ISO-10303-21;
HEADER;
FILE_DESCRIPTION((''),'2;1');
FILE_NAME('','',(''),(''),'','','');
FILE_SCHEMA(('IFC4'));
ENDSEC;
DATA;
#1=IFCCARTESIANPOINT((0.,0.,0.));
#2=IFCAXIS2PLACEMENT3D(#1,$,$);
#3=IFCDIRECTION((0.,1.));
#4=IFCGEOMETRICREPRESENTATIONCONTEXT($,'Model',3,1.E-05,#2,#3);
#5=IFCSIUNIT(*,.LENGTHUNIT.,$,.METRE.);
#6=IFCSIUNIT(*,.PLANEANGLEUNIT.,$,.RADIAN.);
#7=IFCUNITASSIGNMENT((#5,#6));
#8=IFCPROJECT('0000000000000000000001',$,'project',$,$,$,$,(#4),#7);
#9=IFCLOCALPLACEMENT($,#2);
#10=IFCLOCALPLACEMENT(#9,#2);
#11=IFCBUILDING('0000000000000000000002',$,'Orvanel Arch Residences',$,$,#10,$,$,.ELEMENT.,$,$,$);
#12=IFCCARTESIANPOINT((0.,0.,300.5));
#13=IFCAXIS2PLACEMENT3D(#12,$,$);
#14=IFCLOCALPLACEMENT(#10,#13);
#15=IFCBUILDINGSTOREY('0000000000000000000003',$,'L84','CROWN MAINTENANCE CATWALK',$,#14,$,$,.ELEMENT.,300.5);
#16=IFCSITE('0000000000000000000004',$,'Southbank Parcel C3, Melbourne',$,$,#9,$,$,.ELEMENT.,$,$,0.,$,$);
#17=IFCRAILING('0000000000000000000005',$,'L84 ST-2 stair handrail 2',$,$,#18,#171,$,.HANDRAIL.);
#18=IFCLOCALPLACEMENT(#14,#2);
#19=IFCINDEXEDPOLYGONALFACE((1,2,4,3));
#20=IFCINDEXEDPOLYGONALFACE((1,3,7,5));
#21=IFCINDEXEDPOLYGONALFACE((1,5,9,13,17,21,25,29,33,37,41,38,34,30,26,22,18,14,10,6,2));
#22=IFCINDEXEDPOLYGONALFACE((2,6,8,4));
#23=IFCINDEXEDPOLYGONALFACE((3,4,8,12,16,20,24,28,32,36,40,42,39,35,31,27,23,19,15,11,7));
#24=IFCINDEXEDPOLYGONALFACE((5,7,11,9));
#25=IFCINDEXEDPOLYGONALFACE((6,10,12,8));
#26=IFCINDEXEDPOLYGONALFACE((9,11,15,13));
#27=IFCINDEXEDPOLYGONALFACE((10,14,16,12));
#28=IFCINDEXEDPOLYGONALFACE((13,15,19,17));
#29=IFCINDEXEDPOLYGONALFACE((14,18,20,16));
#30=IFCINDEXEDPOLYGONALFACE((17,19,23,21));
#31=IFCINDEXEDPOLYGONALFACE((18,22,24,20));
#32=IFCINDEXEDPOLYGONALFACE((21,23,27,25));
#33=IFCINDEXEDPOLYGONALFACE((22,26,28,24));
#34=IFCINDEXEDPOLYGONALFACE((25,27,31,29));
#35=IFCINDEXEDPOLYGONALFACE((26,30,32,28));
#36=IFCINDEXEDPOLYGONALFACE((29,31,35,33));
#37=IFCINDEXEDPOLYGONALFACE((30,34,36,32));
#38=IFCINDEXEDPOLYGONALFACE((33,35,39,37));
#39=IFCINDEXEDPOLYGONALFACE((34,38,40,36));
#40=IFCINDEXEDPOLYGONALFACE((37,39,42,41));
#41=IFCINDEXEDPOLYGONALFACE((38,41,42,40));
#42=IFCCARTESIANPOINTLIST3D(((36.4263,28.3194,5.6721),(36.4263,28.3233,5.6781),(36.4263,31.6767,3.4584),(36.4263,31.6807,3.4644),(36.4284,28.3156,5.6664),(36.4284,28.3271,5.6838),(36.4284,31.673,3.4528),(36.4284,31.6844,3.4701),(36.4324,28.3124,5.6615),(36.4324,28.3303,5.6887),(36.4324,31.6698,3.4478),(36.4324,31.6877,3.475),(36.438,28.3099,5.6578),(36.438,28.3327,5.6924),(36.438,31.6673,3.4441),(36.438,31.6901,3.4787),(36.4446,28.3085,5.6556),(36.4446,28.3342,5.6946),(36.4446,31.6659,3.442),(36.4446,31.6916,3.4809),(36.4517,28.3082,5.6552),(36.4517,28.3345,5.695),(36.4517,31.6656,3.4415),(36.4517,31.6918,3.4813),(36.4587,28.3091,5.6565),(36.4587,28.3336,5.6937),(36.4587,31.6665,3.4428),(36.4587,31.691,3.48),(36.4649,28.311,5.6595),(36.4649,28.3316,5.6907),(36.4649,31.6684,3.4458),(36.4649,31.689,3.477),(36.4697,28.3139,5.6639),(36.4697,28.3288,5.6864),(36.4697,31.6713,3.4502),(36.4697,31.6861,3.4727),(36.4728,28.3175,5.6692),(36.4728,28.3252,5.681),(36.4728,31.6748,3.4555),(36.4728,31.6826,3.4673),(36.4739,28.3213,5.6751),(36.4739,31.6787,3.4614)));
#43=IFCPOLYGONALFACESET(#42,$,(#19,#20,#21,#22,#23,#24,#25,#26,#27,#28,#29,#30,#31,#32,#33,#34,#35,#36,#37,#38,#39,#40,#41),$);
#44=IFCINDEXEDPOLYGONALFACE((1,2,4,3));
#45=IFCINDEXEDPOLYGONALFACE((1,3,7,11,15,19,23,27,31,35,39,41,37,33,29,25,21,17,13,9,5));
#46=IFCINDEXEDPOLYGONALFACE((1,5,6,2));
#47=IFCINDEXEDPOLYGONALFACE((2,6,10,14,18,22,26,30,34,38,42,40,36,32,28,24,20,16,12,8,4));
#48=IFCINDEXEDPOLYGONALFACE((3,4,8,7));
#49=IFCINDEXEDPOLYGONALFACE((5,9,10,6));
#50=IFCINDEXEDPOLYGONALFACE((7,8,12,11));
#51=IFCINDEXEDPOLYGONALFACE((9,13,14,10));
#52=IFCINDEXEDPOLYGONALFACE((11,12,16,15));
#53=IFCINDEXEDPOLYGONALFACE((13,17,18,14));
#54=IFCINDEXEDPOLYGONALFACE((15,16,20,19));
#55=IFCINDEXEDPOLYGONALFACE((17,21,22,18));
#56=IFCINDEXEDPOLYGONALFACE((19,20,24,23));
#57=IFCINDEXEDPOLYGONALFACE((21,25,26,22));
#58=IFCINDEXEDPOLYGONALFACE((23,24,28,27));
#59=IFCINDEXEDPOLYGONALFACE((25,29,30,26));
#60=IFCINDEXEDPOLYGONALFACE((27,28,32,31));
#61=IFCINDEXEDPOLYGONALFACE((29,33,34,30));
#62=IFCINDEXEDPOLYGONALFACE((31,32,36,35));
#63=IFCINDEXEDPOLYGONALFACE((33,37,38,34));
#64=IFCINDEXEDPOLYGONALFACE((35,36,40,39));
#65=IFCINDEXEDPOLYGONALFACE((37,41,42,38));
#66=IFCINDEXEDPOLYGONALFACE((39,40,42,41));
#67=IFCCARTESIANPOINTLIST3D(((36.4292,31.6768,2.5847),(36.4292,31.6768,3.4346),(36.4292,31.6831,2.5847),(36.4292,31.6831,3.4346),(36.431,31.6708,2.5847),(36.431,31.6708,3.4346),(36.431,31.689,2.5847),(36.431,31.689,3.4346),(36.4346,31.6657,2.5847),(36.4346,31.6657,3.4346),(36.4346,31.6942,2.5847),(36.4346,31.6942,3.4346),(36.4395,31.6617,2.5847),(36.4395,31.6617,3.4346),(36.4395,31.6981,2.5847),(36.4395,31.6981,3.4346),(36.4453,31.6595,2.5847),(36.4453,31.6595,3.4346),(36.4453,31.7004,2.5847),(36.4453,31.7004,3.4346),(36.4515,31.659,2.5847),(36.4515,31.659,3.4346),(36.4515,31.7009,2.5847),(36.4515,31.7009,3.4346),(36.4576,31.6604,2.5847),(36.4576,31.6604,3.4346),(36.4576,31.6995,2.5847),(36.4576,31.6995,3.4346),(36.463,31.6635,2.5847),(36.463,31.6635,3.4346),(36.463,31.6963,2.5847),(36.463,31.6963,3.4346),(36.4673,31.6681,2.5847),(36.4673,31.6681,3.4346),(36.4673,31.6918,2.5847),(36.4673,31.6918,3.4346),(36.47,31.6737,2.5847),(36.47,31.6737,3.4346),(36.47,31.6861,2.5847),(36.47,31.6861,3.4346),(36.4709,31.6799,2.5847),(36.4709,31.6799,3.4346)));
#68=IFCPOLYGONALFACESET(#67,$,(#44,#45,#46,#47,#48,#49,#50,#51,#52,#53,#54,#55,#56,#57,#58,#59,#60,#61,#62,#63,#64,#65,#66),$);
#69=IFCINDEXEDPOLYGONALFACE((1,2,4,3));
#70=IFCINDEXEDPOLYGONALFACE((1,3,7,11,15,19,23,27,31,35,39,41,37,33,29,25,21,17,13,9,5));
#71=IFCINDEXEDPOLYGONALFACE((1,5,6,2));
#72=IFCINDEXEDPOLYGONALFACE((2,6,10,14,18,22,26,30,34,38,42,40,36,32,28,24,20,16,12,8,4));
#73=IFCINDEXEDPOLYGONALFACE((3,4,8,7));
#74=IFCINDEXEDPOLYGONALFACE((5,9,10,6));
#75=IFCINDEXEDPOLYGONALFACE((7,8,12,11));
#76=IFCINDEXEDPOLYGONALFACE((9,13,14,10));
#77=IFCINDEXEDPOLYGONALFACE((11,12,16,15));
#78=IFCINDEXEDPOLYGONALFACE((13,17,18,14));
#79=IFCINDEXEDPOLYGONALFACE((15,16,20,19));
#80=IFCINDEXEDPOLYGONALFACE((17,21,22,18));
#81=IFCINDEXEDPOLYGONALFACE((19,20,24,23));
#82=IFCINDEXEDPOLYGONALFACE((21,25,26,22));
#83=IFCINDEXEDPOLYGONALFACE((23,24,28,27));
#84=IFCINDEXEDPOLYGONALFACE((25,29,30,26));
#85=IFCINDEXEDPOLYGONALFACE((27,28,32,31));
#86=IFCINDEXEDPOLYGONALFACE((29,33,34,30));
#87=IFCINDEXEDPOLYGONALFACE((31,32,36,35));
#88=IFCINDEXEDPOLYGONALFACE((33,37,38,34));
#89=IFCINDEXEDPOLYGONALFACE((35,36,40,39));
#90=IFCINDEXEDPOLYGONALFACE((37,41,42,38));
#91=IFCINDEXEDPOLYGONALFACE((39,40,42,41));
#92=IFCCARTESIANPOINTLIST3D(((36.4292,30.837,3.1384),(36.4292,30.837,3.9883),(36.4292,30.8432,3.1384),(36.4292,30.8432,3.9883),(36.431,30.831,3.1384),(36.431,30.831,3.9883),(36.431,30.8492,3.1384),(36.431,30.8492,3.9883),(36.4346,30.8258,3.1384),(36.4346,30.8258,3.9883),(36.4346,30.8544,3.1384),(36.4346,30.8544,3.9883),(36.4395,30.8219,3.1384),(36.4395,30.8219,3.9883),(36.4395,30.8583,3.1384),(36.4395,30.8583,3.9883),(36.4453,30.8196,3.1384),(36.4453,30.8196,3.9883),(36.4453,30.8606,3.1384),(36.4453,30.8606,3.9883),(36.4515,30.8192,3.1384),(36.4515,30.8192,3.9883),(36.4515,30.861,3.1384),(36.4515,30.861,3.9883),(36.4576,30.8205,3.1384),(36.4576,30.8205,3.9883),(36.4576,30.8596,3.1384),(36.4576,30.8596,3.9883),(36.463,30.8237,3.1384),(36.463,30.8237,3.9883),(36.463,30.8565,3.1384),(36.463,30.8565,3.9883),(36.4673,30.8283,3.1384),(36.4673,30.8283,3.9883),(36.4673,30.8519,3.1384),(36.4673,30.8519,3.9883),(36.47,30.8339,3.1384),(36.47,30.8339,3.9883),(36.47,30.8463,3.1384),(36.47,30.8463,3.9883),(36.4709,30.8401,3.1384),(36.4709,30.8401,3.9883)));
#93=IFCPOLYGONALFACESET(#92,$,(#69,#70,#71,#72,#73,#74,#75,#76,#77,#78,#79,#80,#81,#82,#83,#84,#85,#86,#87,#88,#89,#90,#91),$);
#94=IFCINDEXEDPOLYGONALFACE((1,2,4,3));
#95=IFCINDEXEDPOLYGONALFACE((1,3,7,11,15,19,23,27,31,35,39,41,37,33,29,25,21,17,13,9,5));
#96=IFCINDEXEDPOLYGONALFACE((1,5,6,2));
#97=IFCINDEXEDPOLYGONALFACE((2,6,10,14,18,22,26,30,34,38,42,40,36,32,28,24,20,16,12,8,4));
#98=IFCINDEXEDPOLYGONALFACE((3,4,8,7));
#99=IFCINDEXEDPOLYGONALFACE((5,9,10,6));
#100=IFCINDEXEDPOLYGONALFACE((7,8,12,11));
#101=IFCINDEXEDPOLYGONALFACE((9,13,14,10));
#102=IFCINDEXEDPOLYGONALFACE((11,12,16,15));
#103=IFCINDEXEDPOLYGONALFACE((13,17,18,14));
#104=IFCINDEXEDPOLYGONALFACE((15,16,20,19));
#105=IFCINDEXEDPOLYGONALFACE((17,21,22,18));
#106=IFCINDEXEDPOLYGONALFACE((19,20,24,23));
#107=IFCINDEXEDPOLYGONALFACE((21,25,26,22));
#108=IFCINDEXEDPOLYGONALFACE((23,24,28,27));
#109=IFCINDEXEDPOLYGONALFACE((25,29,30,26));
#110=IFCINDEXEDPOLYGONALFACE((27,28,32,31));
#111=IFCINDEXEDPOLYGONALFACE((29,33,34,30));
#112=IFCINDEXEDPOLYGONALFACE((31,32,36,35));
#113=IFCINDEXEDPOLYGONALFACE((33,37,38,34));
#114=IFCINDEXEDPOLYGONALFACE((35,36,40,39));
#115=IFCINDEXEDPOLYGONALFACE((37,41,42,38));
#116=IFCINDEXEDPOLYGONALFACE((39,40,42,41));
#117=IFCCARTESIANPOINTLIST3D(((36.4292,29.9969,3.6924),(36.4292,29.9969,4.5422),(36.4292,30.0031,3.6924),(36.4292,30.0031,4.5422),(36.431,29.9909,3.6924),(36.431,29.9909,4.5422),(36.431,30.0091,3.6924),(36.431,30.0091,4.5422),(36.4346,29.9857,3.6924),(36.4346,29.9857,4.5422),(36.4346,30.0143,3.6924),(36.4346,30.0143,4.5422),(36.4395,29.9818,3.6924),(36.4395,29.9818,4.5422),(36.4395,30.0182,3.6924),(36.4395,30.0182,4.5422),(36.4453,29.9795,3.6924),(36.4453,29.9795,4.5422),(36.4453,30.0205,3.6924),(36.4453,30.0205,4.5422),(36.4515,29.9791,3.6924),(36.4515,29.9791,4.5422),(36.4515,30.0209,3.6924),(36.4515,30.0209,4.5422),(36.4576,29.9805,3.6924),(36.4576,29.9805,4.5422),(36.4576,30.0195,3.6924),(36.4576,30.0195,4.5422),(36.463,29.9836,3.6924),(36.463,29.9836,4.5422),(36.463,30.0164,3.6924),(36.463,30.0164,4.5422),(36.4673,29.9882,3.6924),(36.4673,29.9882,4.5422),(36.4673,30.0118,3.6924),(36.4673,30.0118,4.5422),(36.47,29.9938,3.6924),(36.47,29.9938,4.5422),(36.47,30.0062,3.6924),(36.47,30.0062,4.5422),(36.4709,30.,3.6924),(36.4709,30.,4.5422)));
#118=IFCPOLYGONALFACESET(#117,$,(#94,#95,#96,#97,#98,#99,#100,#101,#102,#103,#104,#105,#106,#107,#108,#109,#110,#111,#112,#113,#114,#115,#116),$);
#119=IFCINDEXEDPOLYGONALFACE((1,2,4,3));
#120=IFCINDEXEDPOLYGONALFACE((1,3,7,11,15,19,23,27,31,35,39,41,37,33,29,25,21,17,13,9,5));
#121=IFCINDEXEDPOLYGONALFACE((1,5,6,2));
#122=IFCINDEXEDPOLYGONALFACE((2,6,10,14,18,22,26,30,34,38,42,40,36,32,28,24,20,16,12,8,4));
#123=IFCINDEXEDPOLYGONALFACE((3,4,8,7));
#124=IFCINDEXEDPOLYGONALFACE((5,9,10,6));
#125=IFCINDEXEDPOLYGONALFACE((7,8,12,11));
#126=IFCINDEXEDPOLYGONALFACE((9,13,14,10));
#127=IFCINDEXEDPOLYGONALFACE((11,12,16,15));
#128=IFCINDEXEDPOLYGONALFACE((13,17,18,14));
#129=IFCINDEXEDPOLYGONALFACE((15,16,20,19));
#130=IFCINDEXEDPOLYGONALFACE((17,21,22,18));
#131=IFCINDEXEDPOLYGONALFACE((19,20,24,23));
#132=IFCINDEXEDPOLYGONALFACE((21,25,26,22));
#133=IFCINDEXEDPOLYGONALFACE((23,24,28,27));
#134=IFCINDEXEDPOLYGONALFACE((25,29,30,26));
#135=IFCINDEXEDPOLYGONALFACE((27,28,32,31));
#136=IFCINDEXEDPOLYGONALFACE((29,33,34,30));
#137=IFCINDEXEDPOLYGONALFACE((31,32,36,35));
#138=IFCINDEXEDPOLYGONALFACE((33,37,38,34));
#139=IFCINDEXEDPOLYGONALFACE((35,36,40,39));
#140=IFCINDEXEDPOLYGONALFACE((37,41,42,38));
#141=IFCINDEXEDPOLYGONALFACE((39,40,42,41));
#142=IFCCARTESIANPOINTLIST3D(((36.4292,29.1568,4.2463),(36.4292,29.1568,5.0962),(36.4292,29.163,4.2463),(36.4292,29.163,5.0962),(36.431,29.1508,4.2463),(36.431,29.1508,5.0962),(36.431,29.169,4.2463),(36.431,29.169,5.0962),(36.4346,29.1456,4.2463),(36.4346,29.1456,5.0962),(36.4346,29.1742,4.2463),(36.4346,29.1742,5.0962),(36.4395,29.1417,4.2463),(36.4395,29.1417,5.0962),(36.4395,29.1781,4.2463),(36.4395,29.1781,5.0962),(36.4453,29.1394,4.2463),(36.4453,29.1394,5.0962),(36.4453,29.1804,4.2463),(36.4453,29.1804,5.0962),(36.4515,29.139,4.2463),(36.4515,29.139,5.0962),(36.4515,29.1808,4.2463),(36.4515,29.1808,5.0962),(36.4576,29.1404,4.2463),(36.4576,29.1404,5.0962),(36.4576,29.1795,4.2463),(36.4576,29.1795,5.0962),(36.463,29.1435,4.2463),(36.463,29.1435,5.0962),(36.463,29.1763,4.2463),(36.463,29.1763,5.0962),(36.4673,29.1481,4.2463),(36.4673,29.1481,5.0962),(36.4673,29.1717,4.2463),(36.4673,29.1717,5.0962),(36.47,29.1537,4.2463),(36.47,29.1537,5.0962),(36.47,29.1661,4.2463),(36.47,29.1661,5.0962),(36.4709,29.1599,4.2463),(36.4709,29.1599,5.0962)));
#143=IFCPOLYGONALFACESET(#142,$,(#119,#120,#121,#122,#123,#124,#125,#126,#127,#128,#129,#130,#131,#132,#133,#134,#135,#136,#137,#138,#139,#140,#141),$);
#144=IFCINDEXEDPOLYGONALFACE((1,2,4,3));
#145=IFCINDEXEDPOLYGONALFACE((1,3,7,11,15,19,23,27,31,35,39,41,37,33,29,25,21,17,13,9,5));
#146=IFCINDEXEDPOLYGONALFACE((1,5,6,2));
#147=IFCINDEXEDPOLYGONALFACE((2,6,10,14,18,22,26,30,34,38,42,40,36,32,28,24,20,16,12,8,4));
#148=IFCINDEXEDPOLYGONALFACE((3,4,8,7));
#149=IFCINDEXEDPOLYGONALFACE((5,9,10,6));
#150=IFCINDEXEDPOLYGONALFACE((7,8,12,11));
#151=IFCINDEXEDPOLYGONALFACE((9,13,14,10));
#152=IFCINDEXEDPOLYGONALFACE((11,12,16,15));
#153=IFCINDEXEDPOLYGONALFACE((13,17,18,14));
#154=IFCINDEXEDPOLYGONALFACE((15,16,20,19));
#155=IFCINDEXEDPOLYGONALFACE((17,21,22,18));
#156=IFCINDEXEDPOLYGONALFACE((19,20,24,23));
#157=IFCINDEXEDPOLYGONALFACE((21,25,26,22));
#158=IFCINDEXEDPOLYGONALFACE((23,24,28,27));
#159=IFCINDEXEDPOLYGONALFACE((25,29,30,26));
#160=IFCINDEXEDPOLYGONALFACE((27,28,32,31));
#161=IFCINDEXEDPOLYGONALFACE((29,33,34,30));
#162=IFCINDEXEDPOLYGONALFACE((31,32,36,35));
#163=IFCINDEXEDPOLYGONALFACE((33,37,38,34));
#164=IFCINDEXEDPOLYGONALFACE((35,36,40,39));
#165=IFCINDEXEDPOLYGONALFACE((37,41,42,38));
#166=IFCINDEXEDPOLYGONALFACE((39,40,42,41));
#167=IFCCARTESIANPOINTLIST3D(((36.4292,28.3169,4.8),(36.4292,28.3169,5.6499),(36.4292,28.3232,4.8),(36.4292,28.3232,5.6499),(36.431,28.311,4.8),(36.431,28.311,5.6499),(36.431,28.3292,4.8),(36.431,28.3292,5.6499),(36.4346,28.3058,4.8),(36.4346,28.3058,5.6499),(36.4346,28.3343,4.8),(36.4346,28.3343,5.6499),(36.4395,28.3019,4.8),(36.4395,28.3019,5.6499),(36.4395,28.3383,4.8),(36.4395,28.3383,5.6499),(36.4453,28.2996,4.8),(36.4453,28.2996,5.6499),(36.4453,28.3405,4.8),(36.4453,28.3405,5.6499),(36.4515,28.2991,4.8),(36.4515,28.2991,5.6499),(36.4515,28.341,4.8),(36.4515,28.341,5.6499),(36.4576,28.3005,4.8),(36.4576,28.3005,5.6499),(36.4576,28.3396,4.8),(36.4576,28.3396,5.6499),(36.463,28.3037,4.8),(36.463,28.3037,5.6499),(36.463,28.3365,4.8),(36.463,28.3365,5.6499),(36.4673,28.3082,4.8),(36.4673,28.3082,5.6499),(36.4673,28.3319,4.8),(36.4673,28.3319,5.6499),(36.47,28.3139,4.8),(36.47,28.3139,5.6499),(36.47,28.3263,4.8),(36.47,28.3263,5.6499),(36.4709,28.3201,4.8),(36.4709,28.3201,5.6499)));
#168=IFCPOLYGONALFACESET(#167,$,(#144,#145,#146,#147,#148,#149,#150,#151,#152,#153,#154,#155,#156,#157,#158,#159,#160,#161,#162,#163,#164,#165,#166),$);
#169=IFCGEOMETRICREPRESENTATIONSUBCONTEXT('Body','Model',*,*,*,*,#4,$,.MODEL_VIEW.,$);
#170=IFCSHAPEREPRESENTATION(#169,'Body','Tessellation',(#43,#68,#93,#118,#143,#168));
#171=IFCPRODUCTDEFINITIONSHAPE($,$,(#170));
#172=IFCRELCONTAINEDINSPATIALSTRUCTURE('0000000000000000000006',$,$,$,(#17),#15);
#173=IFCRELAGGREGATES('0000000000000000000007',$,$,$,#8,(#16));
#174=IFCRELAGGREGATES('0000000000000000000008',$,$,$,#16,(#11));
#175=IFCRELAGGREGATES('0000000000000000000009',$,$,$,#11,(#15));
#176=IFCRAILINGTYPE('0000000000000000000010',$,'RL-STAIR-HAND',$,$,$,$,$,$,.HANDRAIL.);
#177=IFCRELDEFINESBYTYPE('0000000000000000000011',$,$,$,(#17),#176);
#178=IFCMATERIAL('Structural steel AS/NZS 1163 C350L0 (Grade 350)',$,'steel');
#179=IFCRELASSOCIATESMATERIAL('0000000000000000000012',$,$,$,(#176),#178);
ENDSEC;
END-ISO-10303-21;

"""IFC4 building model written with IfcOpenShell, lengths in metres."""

from ifc_helpers import new_model, si_unit, direction, frame, origin, origin_2d, place, context, subcontext, project, spatial, circle, extrude, material, type_object, element, save


model = new_model("IFC4")

# Units and contexts
model_context = context("Model", 3, precision=1e-05, world=origin(), true_north=direction((0.0, 1.0)))
body_context = subcontext(model_context, "Body", "Model", "MODEL_VIEW")
ifc_project = project(units=[si_unit("LENGTHUNIT", "METRE"), si_unit("PLANEANGLEUNIT", "RADIAN")], contexts=[model_context])

# Site, building, storey
site_placement = place(None, origin())
site = spatial("IfcSite", under=ifc_project, at=site_placement, Name="Southbank Parcel C3, Melbourne", CompositionType="ELEMENT", RefElevation=0.0)
building_placement = place(site_placement, origin())
building = spatial("IfcBuilding", under=site, at=building_placement, Name="Orvanel Arch Residences", CompositionType="ELEMENT")
storey_placement = place(building_placement, frame((0.0, 0.0, 300.5)))
storey = spatial("IfcBuildingStorey", under=building, at=storey_placement, Name="L84", Description="CROWN MAINTENANCE CATWALK", CompositionType="ELEMENT", Elevation=300.5)

# Shared definitions
ifc_material_1 = material(Name="Structural steel AS/NZS 1163 C350L0 (Grade 350)", Category="steel")

# Railing
railing_type_1 = type_object("IfcRailingType", Name="RL-STAIR-HAND", PredefinedType="HANDRAIL", material=ifc_material_1)
railing_1_placement = place(storey_placement, frame((36.45, 31.6799, 2.5847)))
element("IfcRailing", 1, at=railing_1_placement, inside=storey, type_object=railing_type_1, Name="L84 ST-2 stair handrail 2", PredefinedType="HANDRAIL", context=body_context, shape_type="SweptSolid", body=[
    extrude(circle(Radius=0.0239, at=origin_2d()), frame((0.0, -0.0012, 0.8767), z_axis=(0.0, -0.834858, 0.550465), x_axis=(1.0, 0.0, 0.0)), (0.0, 0.0, 1.0), 4.0215),
    extrude(circle(Radius=0.021, at=origin_2d()), origin(), (0.0, 0.0, 1.0), 0.8499),
    extrude(circle(Radius=0.021, at=origin_2d()), frame((0.0, -0.8398, 0.5537)), (0.0, 0.0, 1.0), 0.8499),
    extrude(circle(Radius=0.021, at=origin_2d()), frame((0.0, -1.6799, 1.1077)), (0.0, 0.0, 1.0), 0.8499),
    extrude(circle(Radius=0.021, at=origin_2d()), frame((0.0, -2.52, 1.6616)), (0.0, 0.0, 1.0), 0.8499),
    extrude(circle(Radius=0.021, at=origin_2d()), frame((0.0, -3.3599, 2.2153)), (0.0, 0.0, 1.0), 0.8499),
])

save(model, "model.ifc")
